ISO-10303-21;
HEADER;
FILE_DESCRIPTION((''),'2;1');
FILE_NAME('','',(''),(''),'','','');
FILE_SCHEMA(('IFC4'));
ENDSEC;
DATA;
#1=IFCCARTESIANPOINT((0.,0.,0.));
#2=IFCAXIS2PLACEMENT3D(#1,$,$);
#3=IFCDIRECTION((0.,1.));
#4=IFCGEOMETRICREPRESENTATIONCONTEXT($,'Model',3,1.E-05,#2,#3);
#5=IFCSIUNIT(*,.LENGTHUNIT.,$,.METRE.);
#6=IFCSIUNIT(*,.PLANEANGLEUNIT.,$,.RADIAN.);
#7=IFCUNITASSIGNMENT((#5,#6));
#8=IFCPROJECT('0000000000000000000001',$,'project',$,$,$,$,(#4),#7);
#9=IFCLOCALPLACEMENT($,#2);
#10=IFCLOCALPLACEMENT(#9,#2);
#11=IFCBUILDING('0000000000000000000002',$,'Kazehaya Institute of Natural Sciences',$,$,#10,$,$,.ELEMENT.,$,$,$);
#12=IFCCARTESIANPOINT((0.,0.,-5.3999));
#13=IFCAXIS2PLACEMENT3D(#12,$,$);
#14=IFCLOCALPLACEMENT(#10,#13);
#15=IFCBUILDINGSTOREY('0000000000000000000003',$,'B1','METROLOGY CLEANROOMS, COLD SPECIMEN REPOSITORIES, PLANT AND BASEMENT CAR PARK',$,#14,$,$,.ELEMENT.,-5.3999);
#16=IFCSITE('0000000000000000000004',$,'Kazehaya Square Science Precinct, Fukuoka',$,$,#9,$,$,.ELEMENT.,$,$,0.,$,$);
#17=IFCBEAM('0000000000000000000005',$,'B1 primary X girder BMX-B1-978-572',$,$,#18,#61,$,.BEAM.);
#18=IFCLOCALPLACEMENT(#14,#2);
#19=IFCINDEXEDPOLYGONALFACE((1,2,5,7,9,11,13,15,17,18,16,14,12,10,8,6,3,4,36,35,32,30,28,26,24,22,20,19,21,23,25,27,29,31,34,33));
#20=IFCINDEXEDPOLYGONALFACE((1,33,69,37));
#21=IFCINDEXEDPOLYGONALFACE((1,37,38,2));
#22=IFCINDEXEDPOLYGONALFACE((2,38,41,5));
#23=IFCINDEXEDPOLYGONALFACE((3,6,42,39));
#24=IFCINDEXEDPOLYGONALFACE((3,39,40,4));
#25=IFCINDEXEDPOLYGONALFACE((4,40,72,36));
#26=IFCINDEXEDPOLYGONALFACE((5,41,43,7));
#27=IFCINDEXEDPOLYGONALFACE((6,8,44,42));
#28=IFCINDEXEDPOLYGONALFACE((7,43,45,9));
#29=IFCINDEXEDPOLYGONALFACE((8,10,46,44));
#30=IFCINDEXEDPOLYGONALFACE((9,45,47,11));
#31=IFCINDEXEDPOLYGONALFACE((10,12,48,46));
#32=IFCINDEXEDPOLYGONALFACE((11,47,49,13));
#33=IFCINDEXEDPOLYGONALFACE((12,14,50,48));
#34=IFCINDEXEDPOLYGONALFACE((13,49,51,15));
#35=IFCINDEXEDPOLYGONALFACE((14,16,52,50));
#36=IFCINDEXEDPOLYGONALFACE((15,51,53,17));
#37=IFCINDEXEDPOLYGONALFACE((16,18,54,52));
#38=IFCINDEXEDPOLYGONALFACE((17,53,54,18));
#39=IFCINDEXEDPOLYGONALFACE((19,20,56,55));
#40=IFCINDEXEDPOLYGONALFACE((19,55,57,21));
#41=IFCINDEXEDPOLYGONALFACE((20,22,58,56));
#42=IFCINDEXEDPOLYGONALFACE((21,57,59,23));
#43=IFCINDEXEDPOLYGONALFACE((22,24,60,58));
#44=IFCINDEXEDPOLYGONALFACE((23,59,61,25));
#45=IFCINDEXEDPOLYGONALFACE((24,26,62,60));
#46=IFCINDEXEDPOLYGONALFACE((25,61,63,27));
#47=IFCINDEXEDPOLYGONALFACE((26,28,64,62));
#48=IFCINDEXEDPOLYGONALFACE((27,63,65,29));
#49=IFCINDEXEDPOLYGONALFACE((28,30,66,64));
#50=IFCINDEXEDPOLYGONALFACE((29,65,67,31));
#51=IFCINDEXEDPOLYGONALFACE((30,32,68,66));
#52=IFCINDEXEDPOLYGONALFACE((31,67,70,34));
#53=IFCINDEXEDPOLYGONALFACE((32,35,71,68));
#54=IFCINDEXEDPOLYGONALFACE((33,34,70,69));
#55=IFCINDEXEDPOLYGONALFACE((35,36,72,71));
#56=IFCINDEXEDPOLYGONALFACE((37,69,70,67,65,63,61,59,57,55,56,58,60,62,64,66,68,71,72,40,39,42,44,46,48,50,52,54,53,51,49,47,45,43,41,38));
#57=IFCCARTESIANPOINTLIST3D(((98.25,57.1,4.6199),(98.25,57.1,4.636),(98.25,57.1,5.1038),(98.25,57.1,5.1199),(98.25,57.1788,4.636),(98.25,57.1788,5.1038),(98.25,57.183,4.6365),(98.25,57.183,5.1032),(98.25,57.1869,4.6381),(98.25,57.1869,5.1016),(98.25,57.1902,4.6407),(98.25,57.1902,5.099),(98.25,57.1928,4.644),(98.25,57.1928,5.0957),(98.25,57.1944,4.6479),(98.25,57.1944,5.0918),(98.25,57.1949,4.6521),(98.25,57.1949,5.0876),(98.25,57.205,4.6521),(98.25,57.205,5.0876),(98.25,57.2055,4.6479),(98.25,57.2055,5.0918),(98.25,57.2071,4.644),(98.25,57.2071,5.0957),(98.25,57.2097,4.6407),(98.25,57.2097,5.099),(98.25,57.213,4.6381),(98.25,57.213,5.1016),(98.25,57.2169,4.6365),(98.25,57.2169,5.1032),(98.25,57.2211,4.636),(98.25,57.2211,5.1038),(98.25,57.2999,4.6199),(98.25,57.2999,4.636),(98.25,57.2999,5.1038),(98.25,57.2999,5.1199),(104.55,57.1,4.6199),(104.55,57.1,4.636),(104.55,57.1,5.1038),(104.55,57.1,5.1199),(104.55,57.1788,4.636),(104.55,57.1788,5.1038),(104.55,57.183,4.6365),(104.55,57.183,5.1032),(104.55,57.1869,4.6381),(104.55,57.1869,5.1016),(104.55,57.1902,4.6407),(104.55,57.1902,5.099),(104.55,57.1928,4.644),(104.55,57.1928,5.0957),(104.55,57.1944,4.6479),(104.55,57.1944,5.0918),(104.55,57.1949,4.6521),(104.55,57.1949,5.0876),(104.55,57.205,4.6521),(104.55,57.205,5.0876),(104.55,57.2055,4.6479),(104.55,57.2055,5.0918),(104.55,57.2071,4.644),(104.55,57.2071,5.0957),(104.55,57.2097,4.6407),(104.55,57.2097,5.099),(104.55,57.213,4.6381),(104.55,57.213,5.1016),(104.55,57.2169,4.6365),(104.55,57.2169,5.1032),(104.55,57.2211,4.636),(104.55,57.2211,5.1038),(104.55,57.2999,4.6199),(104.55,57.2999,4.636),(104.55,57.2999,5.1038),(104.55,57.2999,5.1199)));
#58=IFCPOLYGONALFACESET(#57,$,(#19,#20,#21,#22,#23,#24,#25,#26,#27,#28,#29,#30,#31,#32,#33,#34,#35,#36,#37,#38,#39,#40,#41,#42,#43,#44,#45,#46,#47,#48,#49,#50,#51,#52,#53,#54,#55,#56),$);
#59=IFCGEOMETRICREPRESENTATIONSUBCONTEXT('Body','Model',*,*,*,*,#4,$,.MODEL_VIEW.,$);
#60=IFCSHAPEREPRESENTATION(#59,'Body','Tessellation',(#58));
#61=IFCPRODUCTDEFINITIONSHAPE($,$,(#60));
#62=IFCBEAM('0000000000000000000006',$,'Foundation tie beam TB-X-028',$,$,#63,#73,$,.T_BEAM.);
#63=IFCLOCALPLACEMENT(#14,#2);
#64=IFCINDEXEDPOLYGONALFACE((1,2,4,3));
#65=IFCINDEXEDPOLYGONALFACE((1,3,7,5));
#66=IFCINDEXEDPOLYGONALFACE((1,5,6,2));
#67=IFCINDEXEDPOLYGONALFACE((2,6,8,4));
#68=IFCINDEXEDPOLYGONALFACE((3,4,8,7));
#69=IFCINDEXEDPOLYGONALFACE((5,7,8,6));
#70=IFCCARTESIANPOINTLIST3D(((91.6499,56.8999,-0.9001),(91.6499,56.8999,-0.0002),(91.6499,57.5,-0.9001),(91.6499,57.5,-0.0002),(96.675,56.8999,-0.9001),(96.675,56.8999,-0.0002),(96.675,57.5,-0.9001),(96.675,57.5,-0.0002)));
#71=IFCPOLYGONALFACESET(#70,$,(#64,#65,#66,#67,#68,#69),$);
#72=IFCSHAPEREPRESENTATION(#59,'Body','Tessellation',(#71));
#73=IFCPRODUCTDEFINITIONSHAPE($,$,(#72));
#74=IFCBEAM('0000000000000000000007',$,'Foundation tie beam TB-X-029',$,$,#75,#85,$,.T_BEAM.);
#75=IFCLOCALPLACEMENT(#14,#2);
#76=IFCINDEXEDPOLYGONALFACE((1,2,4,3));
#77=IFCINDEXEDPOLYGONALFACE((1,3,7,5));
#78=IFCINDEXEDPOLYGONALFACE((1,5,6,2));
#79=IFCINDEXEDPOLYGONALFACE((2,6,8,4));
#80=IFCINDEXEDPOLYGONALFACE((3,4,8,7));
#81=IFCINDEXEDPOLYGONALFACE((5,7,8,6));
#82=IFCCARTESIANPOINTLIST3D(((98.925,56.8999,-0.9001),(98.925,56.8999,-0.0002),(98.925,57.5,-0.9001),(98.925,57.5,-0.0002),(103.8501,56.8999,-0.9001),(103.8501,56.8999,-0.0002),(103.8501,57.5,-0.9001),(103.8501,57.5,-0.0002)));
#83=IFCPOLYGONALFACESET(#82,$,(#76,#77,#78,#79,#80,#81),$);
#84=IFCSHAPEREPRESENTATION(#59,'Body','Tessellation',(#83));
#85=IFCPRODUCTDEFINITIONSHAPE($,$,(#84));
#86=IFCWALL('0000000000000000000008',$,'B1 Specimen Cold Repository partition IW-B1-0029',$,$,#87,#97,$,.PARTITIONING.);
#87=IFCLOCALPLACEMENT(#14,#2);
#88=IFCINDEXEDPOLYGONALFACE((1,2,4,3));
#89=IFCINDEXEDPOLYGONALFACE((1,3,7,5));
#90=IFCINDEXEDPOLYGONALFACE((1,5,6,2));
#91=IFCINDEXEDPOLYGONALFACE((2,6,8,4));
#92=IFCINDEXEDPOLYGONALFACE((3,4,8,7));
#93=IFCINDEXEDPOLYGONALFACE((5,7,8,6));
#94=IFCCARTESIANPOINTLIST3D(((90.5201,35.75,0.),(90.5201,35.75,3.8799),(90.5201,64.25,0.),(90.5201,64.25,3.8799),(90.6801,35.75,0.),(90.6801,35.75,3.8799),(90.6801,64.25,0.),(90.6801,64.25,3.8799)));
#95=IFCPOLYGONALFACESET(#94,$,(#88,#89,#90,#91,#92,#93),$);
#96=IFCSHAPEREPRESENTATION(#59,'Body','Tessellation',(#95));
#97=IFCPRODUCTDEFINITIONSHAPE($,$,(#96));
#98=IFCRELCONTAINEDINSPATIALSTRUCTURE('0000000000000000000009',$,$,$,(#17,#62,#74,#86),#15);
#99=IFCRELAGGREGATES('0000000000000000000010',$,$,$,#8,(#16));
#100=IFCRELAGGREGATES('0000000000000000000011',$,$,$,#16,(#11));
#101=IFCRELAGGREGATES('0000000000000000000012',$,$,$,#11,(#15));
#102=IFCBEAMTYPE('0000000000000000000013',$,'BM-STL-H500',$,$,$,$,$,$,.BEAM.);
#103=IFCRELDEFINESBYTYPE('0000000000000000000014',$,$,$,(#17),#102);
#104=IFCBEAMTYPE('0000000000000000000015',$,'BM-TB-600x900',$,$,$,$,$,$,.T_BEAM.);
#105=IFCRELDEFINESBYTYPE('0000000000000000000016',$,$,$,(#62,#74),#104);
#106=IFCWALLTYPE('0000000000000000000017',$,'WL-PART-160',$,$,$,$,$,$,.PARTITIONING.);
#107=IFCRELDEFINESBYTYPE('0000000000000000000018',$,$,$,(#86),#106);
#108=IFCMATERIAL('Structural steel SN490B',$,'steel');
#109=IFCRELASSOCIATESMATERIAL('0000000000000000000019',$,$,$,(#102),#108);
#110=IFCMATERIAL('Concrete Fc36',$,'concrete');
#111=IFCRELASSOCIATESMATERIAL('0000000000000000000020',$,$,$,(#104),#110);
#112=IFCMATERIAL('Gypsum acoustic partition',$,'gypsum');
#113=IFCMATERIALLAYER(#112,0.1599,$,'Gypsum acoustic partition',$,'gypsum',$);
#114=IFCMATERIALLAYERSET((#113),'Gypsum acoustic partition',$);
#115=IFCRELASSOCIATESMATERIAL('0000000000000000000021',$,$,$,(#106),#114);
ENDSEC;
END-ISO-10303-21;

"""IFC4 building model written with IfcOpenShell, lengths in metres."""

from ifc_helpers import new_model, si_unit, direction, frame, frame_2d, origin, origin_2d, place, context, subcontext, project, spatial, rectangle, i_section, extrude, material, layer, layer_set, material_profile, profile_set, type_object, element, save


model = new_model("IFC4")

# Units and contexts
model_context = context("Model", 3, precision=1e-05, world=origin(), true_north=direction((0.0, 1.0)))
body_context = subcontext(model_context, "Body", "Model", "MODEL_VIEW")
ifc_project = project(units=[si_unit("LENGTHUNIT", "METRE"), si_unit("PLANEANGLEUNIT", "RADIAN")], contexts=[model_context])

# Site, building, storey
site_placement = place(None, origin())
site = spatial("IfcSite", under=ifc_project, at=site_placement, Name="Kazehaya Square Science Precinct, Fukuoka", CompositionType="ELEMENT", RefElevation=0.0)
building_placement = place(site_placement, origin())
building = spatial("IfcBuilding", under=site, at=building_placement, Name="Kazehaya Institute of Natural Sciences", CompositionType="ELEMENT")
storey_placement = place(building_placement, frame((0.0, 0.0, -5.3999)))
storey = spatial("IfcBuildingStorey", under=building, at=storey_placement, Name="B1", Description="METROLOGY CLEANROOMS, COLD SPECIMEN REPOSITORIES, PLANT AND BASEMENT CAR PARK", CompositionType="ELEMENT", Elevation=-5.3999)

# Shared definitions
ifc_material_1 = material(Name="Concrete Fc36", Category="concrete")

# Beams
ifc_material_2 = material(Name="Structural steel SN490B", Category="steel")
ifc_material_profile_1 = material_profile(ifc_material_2, i_section(OverallWidth=0.2, OverallDepth=0.5, WebThickness=0.01, FlangeThickness=0.0161, FilletRadius=0.0161, at=origin_2d()), Name="H-500x200x10x16")
ifc_profile_set_1 = profile_set([ifc_material_profile_1], Name="Structural steel SN490B")
beam_type_1 = type_object("IfcBeamType", Name="BM-STL-H500", PredefinedType="BEAM", material=ifc_profile_set_1)
for number, where, z_axis, x_axis, name in (
    (1, (98.25, 57.2, 4.8699), (1.0, 0.0, 0.0), (0.0, 1.0, 0.0), "B1 primary X girder BMX-B1-978-572"),
):
    element("IfcBeam", number, at=place(storey_placement, frame(where, z_axis=z_axis, x_axis=x_axis)), inside=storey, type_object=beam_type_1, Name=name, PredefinedType="BEAM", context=body_context, shape_type="SweptSolid", body=[
        extrude(i_section(OverallWidth=0.2, OverallDepth=0.5, WebThickness=0.01, FlangeThickness=0.0161, FilletRadius=0.0161, at=origin_2d()), origin(), (0.0, 0.0, 1.0), 6.3),
    ])
ifc_material_profile_2 = material_profile(ifc_material_1, rectangle(XDim=0.6001, YDim=0.8999, at=origin_2d()), Name="RC-600x900")
ifc_profile_set_2 = profile_set([ifc_material_profile_2], Name="Concrete Fc36")
beam_type_2 = type_object("IfcBeamType", Name="BM-TB-600x900", PredefinedType="T_BEAM", material=ifc_profile_set_2)
beam_1_placement = place(storey_placement, frame((91.6499, 57.2, -0.4502), z_axis=(1.0, 0.0, 0.0), x_axis=(0.0, 1.0, 0.0)))
element("IfcBeam", 2, at=beam_1_placement, inside=storey, type_object=beam_type_2, Name="Foundation tie beam TB-X-028", PredefinedType="T_BEAM", context=body_context, shape_type="SweptSolid", body=[
    extrude(rectangle(XDim=0.6001, YDim=0.8999, at=origin_2d()), origin(), (0.0, 0.0, 1.0), 5.0251),
])
beam_2_placement = place(storey_placement, frame((98.925, 57.2, -0.4502), z_axis=(1.0, 0.0, 0.0), x_axis=(0.0, 1.0, 0.0)))
element("IfcBeam", 3, at=beam_2_placement, inside=storey, type_object=beam_type_2, Name="Foundation tie beam TB-X-029", PredefinedType="T_BEAM", context=body_context, shape_type="SweptSolid", body=[
    extrude(rectangle(XDim=0.6001, YDim=0.8999, at=origin_2d()), origin(), (0.0, 0.0, 1.0), 4.925),
])

# Wall
ifc_material_3 = material(Name="Gypsum acoustic partition", Category="gypsum")
ifc_layer = layer(ifc_material_3, 0.1599, Name="Gypsum acoustic partition", Category="gypsum")
ifc_layer_set = layer_set([ifc_layer], Name="Gypsum acoustic partition")
wall_type = type_object("IfcWallType", Name="WL-PART-160", PredefinedType="PARTITIONING", material=ifc_layer_set)
wall_placement = place(storey_placement, frame((90.6001, 64.25, 0.0), z_axis=(0.0, 0.0, 1.0), x_axis=(0.0, -1.0, 0.0)))
element("IfcWall", 4, at=wall_placement, inside=storey, type_object=wall_type, Name="B1 Specimen Cold Repository partition IW-B1-0029", PredefinedType="PARTITIONING", context=body_context, shape_type="SweptSolid", body=[
    extrude(rectangle(XDim=28.5, YDim=0.1599, at=frame_2d((14.25, 0.0))), origin(), (0.0, 0.0, 1.0), 3.8799),
])

save(model, "model.ifc")
